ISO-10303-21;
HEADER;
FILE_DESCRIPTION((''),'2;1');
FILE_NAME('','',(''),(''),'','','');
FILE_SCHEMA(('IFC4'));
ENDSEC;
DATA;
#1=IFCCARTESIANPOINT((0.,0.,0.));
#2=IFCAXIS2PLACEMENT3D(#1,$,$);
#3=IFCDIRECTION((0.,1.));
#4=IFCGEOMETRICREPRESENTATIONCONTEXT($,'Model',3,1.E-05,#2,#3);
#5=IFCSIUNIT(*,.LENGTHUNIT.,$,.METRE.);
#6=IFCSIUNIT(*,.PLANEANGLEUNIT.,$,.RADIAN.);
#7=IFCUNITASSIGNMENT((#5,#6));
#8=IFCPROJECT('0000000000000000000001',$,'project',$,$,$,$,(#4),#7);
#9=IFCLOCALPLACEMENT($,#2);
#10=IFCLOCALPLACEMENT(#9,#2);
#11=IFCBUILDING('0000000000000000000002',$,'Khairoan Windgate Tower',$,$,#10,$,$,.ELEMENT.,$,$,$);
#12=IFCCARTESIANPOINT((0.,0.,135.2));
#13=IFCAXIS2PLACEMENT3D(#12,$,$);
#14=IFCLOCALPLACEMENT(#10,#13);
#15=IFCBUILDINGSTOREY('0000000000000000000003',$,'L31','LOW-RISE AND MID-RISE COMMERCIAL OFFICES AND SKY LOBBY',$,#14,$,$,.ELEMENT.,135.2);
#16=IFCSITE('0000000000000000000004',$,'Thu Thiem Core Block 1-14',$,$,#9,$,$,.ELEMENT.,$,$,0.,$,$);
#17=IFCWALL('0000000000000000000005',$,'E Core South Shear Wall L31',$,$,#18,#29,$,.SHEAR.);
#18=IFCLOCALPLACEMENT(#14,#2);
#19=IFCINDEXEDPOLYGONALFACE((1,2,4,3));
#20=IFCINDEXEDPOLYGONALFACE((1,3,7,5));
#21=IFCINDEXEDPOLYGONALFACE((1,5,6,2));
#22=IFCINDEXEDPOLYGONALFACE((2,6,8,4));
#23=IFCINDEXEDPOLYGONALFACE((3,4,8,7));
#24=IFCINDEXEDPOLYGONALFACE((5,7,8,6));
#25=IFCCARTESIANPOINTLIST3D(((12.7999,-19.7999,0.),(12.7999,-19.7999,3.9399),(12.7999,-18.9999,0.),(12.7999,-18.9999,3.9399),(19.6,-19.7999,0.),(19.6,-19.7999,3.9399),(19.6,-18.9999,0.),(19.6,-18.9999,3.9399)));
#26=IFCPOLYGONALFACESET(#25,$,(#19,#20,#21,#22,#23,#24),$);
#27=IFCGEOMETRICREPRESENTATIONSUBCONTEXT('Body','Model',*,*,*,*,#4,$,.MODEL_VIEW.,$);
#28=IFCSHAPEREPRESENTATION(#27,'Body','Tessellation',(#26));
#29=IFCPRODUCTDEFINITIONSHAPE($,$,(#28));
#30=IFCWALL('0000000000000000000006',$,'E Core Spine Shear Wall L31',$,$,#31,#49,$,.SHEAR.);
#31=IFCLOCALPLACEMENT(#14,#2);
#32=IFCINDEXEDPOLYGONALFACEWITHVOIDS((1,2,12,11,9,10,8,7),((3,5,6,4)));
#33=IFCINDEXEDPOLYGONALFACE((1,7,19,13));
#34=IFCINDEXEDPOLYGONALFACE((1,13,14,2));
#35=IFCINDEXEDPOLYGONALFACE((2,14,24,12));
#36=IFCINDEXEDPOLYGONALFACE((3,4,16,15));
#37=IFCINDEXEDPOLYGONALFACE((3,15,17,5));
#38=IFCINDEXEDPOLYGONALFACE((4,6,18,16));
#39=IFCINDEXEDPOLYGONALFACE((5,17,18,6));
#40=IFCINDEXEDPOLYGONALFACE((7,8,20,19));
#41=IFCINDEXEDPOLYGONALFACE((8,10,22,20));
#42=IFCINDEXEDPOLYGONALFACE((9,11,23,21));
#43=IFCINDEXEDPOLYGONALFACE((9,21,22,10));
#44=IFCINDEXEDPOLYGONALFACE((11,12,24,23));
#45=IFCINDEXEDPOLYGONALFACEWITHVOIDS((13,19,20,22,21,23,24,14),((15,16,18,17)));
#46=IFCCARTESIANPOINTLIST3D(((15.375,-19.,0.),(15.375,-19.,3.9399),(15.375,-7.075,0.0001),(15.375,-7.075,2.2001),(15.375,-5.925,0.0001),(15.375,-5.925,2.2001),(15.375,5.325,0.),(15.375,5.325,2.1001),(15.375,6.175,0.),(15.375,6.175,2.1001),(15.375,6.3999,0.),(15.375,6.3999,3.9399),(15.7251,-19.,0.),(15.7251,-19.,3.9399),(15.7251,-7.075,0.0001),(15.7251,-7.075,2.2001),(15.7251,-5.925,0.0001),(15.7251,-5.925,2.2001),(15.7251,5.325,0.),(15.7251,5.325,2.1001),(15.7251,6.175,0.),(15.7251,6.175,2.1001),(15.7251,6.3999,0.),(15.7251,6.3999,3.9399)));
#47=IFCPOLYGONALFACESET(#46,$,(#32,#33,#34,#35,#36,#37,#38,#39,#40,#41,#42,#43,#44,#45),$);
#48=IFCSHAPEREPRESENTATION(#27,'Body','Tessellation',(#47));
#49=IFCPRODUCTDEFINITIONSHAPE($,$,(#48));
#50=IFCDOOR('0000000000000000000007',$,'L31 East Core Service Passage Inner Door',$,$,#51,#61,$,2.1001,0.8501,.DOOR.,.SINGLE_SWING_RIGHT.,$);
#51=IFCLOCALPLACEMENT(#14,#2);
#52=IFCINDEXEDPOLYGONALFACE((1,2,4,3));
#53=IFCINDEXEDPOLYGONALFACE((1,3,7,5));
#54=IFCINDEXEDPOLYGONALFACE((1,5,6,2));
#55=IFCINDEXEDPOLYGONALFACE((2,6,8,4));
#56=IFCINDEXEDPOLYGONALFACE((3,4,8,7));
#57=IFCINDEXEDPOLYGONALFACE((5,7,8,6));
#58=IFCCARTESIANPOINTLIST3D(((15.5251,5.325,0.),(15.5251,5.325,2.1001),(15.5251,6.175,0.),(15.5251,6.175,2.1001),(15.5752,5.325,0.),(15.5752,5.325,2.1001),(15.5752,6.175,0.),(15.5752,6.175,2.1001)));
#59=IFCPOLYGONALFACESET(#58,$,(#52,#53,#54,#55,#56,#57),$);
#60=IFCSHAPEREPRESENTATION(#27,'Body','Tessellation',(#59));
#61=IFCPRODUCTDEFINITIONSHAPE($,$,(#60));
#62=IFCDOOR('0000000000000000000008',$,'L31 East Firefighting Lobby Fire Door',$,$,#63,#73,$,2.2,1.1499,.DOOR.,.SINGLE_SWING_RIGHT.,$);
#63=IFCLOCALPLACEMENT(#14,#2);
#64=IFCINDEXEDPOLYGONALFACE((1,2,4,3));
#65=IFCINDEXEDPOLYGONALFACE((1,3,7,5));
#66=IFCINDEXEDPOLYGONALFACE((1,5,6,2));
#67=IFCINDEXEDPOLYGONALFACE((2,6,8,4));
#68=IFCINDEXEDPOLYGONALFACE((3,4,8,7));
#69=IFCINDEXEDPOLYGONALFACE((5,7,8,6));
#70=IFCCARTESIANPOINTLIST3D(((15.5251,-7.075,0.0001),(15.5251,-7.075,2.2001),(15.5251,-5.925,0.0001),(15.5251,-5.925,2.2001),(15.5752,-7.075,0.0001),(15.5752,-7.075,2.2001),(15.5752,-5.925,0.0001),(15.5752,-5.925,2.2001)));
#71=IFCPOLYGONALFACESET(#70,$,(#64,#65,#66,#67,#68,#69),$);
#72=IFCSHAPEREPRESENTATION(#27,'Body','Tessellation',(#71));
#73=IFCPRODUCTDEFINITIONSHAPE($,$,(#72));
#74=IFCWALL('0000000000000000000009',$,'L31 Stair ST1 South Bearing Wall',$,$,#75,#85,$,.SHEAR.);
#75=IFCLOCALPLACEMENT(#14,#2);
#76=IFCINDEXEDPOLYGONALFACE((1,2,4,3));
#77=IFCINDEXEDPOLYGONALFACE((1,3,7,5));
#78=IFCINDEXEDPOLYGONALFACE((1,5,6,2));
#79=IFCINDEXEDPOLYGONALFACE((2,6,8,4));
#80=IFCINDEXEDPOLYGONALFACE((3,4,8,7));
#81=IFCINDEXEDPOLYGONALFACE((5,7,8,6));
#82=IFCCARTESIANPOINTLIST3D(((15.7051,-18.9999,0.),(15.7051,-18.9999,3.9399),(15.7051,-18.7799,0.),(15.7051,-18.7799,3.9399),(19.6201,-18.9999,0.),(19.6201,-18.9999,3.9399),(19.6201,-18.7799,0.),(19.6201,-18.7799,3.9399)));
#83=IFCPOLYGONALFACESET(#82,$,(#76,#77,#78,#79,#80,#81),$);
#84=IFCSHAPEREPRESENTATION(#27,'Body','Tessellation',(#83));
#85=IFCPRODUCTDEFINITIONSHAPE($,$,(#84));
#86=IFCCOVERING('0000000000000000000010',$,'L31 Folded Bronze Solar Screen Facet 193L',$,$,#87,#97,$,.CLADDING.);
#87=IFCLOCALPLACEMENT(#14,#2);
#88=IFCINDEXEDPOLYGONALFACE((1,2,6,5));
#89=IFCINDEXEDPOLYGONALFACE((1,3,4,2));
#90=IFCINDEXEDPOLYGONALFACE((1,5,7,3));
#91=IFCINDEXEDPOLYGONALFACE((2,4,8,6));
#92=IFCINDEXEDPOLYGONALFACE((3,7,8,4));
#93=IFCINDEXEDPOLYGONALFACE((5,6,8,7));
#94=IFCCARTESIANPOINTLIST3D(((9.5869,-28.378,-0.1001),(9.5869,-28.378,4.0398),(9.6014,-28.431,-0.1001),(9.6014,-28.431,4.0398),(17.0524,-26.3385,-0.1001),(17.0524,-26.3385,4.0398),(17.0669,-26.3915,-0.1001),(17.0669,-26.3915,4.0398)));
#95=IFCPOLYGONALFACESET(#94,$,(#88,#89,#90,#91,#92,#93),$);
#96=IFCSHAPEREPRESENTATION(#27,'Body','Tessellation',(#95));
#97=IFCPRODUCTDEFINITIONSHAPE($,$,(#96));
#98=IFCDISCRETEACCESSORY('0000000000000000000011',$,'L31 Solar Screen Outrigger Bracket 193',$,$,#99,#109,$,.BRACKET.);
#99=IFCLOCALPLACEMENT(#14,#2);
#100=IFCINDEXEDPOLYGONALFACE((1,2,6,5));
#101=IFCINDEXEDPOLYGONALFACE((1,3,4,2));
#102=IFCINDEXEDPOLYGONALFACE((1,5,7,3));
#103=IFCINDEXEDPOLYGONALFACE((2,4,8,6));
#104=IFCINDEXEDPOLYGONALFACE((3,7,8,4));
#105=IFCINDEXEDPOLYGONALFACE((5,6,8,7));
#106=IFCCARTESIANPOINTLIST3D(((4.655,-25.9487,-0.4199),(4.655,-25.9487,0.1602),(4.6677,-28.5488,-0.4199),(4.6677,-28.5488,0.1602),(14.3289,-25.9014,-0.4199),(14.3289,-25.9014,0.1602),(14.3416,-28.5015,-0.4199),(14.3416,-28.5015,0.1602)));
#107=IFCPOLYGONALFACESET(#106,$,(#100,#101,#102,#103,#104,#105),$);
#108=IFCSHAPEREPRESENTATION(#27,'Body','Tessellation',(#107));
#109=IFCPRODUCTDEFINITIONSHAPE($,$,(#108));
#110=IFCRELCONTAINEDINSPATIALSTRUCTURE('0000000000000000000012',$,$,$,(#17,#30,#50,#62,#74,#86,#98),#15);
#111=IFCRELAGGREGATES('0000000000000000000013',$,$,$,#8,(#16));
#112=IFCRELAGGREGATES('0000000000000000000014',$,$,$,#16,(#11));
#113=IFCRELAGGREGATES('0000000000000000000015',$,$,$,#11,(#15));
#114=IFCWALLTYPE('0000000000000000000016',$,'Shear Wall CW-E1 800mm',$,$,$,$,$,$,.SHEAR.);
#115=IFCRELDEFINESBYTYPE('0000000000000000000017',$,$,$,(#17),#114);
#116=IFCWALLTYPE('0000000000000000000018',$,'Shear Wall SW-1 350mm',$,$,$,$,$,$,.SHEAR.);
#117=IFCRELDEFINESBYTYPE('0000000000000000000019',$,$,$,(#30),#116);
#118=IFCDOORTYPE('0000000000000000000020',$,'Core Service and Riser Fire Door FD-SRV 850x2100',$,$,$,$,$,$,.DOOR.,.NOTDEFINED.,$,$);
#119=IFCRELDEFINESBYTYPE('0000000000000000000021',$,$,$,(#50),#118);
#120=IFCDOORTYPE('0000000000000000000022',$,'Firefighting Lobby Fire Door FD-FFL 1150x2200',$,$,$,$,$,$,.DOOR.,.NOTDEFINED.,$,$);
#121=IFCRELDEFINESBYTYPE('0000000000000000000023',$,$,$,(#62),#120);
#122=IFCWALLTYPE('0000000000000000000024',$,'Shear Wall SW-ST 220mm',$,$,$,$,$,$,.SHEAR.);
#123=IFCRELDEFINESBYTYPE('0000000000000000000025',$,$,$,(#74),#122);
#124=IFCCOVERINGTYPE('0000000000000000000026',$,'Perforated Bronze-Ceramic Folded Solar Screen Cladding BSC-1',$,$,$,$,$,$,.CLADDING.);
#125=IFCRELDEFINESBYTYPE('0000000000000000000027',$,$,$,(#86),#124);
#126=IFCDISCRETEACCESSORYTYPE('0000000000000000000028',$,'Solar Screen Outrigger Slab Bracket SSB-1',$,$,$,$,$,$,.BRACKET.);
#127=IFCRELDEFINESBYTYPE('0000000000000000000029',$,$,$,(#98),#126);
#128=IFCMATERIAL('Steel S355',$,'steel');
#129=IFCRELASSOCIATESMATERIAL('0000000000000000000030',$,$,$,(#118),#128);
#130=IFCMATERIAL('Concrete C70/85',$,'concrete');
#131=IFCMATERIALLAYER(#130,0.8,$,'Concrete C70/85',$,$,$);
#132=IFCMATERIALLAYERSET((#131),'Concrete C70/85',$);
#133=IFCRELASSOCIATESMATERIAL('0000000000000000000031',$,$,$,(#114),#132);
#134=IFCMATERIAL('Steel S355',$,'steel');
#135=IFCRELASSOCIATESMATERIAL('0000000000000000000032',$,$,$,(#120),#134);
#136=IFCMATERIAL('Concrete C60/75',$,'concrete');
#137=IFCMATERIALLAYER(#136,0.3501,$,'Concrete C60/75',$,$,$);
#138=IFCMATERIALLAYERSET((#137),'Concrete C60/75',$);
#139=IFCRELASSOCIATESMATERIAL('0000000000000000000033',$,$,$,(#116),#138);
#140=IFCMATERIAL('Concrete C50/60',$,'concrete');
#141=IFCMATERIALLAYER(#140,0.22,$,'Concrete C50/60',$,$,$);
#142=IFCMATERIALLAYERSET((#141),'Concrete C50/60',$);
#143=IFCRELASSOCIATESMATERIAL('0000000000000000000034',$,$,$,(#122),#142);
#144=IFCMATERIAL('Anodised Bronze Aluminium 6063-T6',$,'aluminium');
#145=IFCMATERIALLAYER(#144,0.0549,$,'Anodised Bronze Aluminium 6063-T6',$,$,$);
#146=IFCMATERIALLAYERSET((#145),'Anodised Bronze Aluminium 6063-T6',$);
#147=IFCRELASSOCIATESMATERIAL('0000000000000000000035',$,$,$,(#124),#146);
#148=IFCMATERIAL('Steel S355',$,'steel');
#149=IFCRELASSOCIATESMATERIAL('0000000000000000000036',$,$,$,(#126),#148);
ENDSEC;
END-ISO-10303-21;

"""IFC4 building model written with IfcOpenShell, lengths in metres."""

from ifc_helpers import new_model, si_unit, direction, frame, frame_2d, origin, origin_2d, place, context, subcontext, project, spatial, rectangle, extrude, material, layer, layer_set, type_object, element, fill, save


model = new_model("IFC4")

# Units and contexts
model_context = context("Model", 3, precision=1e-05, world=origin(), true_north=direction((0.0, 1.0)))
body_context = subcontext(model_context, "Body", "Model", "MODEL_VIEW")
ifc_project = project(units=[si_unit("LENGTHUNIT", "METRE"), si_unit("PLANEANGLEUNIT", "RADIAN")], contexts=[model_context])

# Site, building, storey
site_placement = place(None, origin())
site = spatial("IfcSite", under=ifc_project, at=site_placement, Name="Thu Thiem Core Block 1-14", CompositionType="ELEMENT", RefElevation=0.0)
building_placement = place(site_placement, origin())
building = spatial("IfcBuilding", under=site, at=building_placement, Name="Khairoan Windgate Tower", CompositionType="ELEMENT")
storey_placement = place(building_placement, frame((0.0, 0.0, 135.2)))
storey = spatial("IfcBuildingStorey", under=building, at=storey_placement, Name="L31", Description="LOW-RISE AND MID-RISE COMMERCIAL OFFICES AND SKY LOBBY", CompositionType="ELEMENT", Elevation=135.2)

# Shared definitions
ifc_material_1 = material(Name="Steel S355", Category="steel")
door_type_1 = type_object("IfcDoorType", Name="Core Service and Riser Fire Door FD-SRV 850x2100", OperationType="NOTDEFINED", PredefinedType="DOOR", material=ifc_material_1)

# Shared definitions
ifc_material_2 = material(Name="Concrete C70/85", Category="concrete")
ifc_layer_1 = layer(ifc_material_2, 0.8, Name="Concrete C70/85")
ifc_layer_set_1 = layer_set([ifc_layer_1], Name="Concrete C70/85")
wall_type_1 = type_object("IfcWallType", Name="Shear Wall CW-E1 800mm", PredefinedType="SHEAR", material=ifc_layer_set_1)
ifc_material_3 = material(Name="Steel S355", Category="steel")
door_type_2 = type_object("IfcDoorType", Name="Firefighting Lobby Fire Door FD-FFL 1150x2200", OperationType="NOTDEFINED", PredefinedType="DOOR", material=ifc_material_3)

# Wall
wall_1_placement = place(storey_placement, frame((12.8, -19.3999, 0.0), z_axis=(0.0, 0.0, 1.0), x_axis=(1.0, 0.0, 0.0)))
element("IfcWall", 1, at=wall_1_placement, inside=storey, type_object=wall_type_1, Name="E Core South Shear Wall L31", PredefinedType="SHEAR", context=body_context, shape_type="SweptSolid", body=[
    extrude(rectangle(XDim=6.8, YDim=0.8, at=frame_2d((3.3999, 0.0))), origin(), (0.0, 0.0, 1.0), 3.9399),
])

# Wall, openings, doors
ifc_material_4 = material(Name="Concrete C60/75", Category="concrete")
ifc_layer_2 = layer(ifc_material_4, 0.3501, Name="Concrete C60/75")
ifc_layer_set_2 = layer_set([ifc_layer_2], Name="Concrete C60/75")
wall_type_2 = type_object("IfcWallType", Name="Shear Wall SW-1 350mm", PredefinedType="SHEAR", material=ifc_layer_set_2)
wall_2_placement = place(storey_placement, frame((15.55, -19.0, 0.0), z_axis=(0.0, 0.0, 1.0), x_axis=(0.0, 1.0, 0.0)))
wall_2 = element("IfcWall", 2, at=wall_2_placement, inside=storey, type_object=wall_type_2, Name="E Core Spine Shear Wall L31", PredefinedType="SHEAR", context=body_context, shape_type="SweptSolid", body=[
    extrude(rectangle(XDim=25.3999, YDim=0.3501, at=frame_2d((12.7, 0.0))), origin(), (0.0, 0.0, 1.0), 3.9399),
])
opening_1_placement = place(wall_2_placement, frame((11.925, 0.0, 0.0)))
opening_1 = element("IfcOpeningElement", 3, at=opening_1_placement, cuts=wall_2, PredefinedType="OPENING", context=body_context, shape_type="SweptSolid", body=[
    extrude(rectangle(XDim=1.1499, YDim=2.2, at=frame_2d((0.575, 1.1001))), frame((0.0, 0.1851, 0.0), z_axis=(0.0, -1.0, 0.0), x_axis=(1.0, 0.0, 0.0)), (0.0, 0.0, 1.0), 0.3701),
])
opening_2_placement = place(wall_2_placement, frame((24.325, 0.0, 0.0)))
opening_2 = element("IfcOpeningElement", 4, at=opening_2_placement, cuts=wall_2, PredefinedType="OPENING", context=body_context, shape_type="SweptSolid", body=[
    extrude(rectangle(XDim=0.8501, YDim=2.1001, at=frame_2d((0.425, 1.05))), frame((0.0, 0.1851, 0.0), z_axis=(0.0, -1.0, 0.0), x_axis=(1.0, 0.0, 0.0)), (0.0, 0.0, 1.0), 0.3701),
])
door_1_placement = place(opening_2_placement, origin())
door_1 = element("IfcDoor", 5, at=door_1_placement, inside=storey, type_object=door_type_1, Name="L31 East Core Service Passage Inner Door", OperationType="SINGLE_SWING_RIGHT", OverallHeight=2.1001, OverallWidth=0.8501, PredefinedType="DOOR", context=body_context, shape_type="SweptSolid", body=[
    extrude(rectangle(XDim=0.8501, YDim=2.1001, at=frame_2d((0.425, 1.05))), frame((0.0, 0.0249, 0.0), z_axis=(0.0, -1.0, 0.0), x_axis=(1.0, 0.0, 0.0)), (0.0, 0.0, 1.0), 0.05),
])
fill(opening_2, door_1)
door_2_placement = place(opening_1_placement, origin())
door_2 = element("IfcDoor", 6, at=door_2_placement, inside=storey, type_object=door_type_2, Name="L31 East Firefighting Lobby Fire Door", OperationType="SINGLE_SWING_RIGHT", OverallHeight=2.2, OverallWidth=1.1499, PredefinedType="DOOR", context=body_context, shape_type="SweptSolid", body=[
    extrude(rectangle(XDim=1.1499, YDim=2.2, at=frame_2d((0.575, 1.1001))), frame((0.0, 0.0249, 0.0), z_axis=(0.0, -1.0, 0.0), x_axis=(1.0, 0.0, 0.0)), (0.0, 0.0, 1.0), 0.05),
])
fill(opening_1, door_2)

# Wall
ifc_material_5 = material(Name="Concrete C50/60", Category="concrete")
ifc_layer_3 = layer(ifc_material_5, 0.22, Name="Concrete C50/60")
ifc_layer_set_3 = layer_set([ifc_layer_3], Name="Concrete C50/60")
wall_type_3 = type_object("IfcWallType", Name="Shear Wall SW-ST 220mm", PredefinedType="SHEAR", material=ifc_layer_set_3)
wall_3_placement = place(storey_placement, frame((15.7051, -18.8899, 0.0), z_axis=(0.0, 0.0, 1.0), x_axis=(1.0, 0.0, 0.0)))
element("IfcWall", 7, at=wall_3_placement, inside=storey, type_object=wall_type_3, Name="L31 Stair ST1 South Bearing Wall", PredefinedType="SHEAR", context=body_context, shape_type="SweptSolid", body=[
    extrude(rectangle(XDim=3.915, YDim=0.22, at=frame_2d((1.9575, 0.0))), origin(), (0.0, 0.0, 1.0), 3.9399),
])

# Covering
ifc_material_6 = material(Name="Anodised Bronze Aluminium 6063-T6", Category="aluminium")
ifc_layer_4 = layer(ifc_material_6, 0.0549, Name="Anodised Bronze Aluminium 6063-T6")
ifc_layer_set_4 = layer_set([ifc_layer_4], Name="Anodised Bronze Aluminium 6063-T6")
covering_type = type_object("IfcCoveringType", Name="Perforated Bronze-Ceramic Folded Solar Screen Cladding BSC-1", PredefinedType="CLADDING", material=ifc_layer_set_4)
covering_placement = place(storey_placement, frame((13.3269, -27.3848, -0.1001), z_axis=(0.0, 0.0, 1.0), x_axis=(-0.964649, -0.263536, 0.0)))
element("IfcCovering", 8, at=covering_placement, inside=storey, type_object=covering_type, Name="L31 Folded Bronze Solar Screen Facet 193L", PredefinedType="CLADDING", context=body_context, shape_type="SweptSolid", body=[
    extrude(rectangle(XDim=7.739, YDim=0.0549, at=origin_2d()), origin(), (0.0, 0.0, 1.0), 4.1399),
])

# Discrete accessory
ifc_material_7 = material(Name="Steel S355", Category="steel")
discrete_accessory_type = type_object("IfcDiscreteAccessoryType", Name="Solar Screen Outrigger Slab Bracket SSB-1", PredefinedType="BRACKET", material=ifc_material_7)
discrete_accessory_placement = place(storey_placement, frame((9.4983, -27.2251, -0.4199), z_axis=(0.0, 0.0, 1.0), x_axis=(-0.999988, -0.004887, 0.0)))
element("IfcDiscreteAccessory", 9, at=discrete_accessory_placement, inside=storey, type_object=discrete_accessory_type, Name="L31 Solar Screen Outrigger Bracket 193", PredefinedType="BRACKET", context=body_context, shape_type="SweptSolid", body=[
    extrude(rectangle(XDim=9.6741, YDim=2.6001, at=origin_2d()), origin(), (0.0, 0.0, 1.0), 0.5801),
])

save(model, "model.ifc")
